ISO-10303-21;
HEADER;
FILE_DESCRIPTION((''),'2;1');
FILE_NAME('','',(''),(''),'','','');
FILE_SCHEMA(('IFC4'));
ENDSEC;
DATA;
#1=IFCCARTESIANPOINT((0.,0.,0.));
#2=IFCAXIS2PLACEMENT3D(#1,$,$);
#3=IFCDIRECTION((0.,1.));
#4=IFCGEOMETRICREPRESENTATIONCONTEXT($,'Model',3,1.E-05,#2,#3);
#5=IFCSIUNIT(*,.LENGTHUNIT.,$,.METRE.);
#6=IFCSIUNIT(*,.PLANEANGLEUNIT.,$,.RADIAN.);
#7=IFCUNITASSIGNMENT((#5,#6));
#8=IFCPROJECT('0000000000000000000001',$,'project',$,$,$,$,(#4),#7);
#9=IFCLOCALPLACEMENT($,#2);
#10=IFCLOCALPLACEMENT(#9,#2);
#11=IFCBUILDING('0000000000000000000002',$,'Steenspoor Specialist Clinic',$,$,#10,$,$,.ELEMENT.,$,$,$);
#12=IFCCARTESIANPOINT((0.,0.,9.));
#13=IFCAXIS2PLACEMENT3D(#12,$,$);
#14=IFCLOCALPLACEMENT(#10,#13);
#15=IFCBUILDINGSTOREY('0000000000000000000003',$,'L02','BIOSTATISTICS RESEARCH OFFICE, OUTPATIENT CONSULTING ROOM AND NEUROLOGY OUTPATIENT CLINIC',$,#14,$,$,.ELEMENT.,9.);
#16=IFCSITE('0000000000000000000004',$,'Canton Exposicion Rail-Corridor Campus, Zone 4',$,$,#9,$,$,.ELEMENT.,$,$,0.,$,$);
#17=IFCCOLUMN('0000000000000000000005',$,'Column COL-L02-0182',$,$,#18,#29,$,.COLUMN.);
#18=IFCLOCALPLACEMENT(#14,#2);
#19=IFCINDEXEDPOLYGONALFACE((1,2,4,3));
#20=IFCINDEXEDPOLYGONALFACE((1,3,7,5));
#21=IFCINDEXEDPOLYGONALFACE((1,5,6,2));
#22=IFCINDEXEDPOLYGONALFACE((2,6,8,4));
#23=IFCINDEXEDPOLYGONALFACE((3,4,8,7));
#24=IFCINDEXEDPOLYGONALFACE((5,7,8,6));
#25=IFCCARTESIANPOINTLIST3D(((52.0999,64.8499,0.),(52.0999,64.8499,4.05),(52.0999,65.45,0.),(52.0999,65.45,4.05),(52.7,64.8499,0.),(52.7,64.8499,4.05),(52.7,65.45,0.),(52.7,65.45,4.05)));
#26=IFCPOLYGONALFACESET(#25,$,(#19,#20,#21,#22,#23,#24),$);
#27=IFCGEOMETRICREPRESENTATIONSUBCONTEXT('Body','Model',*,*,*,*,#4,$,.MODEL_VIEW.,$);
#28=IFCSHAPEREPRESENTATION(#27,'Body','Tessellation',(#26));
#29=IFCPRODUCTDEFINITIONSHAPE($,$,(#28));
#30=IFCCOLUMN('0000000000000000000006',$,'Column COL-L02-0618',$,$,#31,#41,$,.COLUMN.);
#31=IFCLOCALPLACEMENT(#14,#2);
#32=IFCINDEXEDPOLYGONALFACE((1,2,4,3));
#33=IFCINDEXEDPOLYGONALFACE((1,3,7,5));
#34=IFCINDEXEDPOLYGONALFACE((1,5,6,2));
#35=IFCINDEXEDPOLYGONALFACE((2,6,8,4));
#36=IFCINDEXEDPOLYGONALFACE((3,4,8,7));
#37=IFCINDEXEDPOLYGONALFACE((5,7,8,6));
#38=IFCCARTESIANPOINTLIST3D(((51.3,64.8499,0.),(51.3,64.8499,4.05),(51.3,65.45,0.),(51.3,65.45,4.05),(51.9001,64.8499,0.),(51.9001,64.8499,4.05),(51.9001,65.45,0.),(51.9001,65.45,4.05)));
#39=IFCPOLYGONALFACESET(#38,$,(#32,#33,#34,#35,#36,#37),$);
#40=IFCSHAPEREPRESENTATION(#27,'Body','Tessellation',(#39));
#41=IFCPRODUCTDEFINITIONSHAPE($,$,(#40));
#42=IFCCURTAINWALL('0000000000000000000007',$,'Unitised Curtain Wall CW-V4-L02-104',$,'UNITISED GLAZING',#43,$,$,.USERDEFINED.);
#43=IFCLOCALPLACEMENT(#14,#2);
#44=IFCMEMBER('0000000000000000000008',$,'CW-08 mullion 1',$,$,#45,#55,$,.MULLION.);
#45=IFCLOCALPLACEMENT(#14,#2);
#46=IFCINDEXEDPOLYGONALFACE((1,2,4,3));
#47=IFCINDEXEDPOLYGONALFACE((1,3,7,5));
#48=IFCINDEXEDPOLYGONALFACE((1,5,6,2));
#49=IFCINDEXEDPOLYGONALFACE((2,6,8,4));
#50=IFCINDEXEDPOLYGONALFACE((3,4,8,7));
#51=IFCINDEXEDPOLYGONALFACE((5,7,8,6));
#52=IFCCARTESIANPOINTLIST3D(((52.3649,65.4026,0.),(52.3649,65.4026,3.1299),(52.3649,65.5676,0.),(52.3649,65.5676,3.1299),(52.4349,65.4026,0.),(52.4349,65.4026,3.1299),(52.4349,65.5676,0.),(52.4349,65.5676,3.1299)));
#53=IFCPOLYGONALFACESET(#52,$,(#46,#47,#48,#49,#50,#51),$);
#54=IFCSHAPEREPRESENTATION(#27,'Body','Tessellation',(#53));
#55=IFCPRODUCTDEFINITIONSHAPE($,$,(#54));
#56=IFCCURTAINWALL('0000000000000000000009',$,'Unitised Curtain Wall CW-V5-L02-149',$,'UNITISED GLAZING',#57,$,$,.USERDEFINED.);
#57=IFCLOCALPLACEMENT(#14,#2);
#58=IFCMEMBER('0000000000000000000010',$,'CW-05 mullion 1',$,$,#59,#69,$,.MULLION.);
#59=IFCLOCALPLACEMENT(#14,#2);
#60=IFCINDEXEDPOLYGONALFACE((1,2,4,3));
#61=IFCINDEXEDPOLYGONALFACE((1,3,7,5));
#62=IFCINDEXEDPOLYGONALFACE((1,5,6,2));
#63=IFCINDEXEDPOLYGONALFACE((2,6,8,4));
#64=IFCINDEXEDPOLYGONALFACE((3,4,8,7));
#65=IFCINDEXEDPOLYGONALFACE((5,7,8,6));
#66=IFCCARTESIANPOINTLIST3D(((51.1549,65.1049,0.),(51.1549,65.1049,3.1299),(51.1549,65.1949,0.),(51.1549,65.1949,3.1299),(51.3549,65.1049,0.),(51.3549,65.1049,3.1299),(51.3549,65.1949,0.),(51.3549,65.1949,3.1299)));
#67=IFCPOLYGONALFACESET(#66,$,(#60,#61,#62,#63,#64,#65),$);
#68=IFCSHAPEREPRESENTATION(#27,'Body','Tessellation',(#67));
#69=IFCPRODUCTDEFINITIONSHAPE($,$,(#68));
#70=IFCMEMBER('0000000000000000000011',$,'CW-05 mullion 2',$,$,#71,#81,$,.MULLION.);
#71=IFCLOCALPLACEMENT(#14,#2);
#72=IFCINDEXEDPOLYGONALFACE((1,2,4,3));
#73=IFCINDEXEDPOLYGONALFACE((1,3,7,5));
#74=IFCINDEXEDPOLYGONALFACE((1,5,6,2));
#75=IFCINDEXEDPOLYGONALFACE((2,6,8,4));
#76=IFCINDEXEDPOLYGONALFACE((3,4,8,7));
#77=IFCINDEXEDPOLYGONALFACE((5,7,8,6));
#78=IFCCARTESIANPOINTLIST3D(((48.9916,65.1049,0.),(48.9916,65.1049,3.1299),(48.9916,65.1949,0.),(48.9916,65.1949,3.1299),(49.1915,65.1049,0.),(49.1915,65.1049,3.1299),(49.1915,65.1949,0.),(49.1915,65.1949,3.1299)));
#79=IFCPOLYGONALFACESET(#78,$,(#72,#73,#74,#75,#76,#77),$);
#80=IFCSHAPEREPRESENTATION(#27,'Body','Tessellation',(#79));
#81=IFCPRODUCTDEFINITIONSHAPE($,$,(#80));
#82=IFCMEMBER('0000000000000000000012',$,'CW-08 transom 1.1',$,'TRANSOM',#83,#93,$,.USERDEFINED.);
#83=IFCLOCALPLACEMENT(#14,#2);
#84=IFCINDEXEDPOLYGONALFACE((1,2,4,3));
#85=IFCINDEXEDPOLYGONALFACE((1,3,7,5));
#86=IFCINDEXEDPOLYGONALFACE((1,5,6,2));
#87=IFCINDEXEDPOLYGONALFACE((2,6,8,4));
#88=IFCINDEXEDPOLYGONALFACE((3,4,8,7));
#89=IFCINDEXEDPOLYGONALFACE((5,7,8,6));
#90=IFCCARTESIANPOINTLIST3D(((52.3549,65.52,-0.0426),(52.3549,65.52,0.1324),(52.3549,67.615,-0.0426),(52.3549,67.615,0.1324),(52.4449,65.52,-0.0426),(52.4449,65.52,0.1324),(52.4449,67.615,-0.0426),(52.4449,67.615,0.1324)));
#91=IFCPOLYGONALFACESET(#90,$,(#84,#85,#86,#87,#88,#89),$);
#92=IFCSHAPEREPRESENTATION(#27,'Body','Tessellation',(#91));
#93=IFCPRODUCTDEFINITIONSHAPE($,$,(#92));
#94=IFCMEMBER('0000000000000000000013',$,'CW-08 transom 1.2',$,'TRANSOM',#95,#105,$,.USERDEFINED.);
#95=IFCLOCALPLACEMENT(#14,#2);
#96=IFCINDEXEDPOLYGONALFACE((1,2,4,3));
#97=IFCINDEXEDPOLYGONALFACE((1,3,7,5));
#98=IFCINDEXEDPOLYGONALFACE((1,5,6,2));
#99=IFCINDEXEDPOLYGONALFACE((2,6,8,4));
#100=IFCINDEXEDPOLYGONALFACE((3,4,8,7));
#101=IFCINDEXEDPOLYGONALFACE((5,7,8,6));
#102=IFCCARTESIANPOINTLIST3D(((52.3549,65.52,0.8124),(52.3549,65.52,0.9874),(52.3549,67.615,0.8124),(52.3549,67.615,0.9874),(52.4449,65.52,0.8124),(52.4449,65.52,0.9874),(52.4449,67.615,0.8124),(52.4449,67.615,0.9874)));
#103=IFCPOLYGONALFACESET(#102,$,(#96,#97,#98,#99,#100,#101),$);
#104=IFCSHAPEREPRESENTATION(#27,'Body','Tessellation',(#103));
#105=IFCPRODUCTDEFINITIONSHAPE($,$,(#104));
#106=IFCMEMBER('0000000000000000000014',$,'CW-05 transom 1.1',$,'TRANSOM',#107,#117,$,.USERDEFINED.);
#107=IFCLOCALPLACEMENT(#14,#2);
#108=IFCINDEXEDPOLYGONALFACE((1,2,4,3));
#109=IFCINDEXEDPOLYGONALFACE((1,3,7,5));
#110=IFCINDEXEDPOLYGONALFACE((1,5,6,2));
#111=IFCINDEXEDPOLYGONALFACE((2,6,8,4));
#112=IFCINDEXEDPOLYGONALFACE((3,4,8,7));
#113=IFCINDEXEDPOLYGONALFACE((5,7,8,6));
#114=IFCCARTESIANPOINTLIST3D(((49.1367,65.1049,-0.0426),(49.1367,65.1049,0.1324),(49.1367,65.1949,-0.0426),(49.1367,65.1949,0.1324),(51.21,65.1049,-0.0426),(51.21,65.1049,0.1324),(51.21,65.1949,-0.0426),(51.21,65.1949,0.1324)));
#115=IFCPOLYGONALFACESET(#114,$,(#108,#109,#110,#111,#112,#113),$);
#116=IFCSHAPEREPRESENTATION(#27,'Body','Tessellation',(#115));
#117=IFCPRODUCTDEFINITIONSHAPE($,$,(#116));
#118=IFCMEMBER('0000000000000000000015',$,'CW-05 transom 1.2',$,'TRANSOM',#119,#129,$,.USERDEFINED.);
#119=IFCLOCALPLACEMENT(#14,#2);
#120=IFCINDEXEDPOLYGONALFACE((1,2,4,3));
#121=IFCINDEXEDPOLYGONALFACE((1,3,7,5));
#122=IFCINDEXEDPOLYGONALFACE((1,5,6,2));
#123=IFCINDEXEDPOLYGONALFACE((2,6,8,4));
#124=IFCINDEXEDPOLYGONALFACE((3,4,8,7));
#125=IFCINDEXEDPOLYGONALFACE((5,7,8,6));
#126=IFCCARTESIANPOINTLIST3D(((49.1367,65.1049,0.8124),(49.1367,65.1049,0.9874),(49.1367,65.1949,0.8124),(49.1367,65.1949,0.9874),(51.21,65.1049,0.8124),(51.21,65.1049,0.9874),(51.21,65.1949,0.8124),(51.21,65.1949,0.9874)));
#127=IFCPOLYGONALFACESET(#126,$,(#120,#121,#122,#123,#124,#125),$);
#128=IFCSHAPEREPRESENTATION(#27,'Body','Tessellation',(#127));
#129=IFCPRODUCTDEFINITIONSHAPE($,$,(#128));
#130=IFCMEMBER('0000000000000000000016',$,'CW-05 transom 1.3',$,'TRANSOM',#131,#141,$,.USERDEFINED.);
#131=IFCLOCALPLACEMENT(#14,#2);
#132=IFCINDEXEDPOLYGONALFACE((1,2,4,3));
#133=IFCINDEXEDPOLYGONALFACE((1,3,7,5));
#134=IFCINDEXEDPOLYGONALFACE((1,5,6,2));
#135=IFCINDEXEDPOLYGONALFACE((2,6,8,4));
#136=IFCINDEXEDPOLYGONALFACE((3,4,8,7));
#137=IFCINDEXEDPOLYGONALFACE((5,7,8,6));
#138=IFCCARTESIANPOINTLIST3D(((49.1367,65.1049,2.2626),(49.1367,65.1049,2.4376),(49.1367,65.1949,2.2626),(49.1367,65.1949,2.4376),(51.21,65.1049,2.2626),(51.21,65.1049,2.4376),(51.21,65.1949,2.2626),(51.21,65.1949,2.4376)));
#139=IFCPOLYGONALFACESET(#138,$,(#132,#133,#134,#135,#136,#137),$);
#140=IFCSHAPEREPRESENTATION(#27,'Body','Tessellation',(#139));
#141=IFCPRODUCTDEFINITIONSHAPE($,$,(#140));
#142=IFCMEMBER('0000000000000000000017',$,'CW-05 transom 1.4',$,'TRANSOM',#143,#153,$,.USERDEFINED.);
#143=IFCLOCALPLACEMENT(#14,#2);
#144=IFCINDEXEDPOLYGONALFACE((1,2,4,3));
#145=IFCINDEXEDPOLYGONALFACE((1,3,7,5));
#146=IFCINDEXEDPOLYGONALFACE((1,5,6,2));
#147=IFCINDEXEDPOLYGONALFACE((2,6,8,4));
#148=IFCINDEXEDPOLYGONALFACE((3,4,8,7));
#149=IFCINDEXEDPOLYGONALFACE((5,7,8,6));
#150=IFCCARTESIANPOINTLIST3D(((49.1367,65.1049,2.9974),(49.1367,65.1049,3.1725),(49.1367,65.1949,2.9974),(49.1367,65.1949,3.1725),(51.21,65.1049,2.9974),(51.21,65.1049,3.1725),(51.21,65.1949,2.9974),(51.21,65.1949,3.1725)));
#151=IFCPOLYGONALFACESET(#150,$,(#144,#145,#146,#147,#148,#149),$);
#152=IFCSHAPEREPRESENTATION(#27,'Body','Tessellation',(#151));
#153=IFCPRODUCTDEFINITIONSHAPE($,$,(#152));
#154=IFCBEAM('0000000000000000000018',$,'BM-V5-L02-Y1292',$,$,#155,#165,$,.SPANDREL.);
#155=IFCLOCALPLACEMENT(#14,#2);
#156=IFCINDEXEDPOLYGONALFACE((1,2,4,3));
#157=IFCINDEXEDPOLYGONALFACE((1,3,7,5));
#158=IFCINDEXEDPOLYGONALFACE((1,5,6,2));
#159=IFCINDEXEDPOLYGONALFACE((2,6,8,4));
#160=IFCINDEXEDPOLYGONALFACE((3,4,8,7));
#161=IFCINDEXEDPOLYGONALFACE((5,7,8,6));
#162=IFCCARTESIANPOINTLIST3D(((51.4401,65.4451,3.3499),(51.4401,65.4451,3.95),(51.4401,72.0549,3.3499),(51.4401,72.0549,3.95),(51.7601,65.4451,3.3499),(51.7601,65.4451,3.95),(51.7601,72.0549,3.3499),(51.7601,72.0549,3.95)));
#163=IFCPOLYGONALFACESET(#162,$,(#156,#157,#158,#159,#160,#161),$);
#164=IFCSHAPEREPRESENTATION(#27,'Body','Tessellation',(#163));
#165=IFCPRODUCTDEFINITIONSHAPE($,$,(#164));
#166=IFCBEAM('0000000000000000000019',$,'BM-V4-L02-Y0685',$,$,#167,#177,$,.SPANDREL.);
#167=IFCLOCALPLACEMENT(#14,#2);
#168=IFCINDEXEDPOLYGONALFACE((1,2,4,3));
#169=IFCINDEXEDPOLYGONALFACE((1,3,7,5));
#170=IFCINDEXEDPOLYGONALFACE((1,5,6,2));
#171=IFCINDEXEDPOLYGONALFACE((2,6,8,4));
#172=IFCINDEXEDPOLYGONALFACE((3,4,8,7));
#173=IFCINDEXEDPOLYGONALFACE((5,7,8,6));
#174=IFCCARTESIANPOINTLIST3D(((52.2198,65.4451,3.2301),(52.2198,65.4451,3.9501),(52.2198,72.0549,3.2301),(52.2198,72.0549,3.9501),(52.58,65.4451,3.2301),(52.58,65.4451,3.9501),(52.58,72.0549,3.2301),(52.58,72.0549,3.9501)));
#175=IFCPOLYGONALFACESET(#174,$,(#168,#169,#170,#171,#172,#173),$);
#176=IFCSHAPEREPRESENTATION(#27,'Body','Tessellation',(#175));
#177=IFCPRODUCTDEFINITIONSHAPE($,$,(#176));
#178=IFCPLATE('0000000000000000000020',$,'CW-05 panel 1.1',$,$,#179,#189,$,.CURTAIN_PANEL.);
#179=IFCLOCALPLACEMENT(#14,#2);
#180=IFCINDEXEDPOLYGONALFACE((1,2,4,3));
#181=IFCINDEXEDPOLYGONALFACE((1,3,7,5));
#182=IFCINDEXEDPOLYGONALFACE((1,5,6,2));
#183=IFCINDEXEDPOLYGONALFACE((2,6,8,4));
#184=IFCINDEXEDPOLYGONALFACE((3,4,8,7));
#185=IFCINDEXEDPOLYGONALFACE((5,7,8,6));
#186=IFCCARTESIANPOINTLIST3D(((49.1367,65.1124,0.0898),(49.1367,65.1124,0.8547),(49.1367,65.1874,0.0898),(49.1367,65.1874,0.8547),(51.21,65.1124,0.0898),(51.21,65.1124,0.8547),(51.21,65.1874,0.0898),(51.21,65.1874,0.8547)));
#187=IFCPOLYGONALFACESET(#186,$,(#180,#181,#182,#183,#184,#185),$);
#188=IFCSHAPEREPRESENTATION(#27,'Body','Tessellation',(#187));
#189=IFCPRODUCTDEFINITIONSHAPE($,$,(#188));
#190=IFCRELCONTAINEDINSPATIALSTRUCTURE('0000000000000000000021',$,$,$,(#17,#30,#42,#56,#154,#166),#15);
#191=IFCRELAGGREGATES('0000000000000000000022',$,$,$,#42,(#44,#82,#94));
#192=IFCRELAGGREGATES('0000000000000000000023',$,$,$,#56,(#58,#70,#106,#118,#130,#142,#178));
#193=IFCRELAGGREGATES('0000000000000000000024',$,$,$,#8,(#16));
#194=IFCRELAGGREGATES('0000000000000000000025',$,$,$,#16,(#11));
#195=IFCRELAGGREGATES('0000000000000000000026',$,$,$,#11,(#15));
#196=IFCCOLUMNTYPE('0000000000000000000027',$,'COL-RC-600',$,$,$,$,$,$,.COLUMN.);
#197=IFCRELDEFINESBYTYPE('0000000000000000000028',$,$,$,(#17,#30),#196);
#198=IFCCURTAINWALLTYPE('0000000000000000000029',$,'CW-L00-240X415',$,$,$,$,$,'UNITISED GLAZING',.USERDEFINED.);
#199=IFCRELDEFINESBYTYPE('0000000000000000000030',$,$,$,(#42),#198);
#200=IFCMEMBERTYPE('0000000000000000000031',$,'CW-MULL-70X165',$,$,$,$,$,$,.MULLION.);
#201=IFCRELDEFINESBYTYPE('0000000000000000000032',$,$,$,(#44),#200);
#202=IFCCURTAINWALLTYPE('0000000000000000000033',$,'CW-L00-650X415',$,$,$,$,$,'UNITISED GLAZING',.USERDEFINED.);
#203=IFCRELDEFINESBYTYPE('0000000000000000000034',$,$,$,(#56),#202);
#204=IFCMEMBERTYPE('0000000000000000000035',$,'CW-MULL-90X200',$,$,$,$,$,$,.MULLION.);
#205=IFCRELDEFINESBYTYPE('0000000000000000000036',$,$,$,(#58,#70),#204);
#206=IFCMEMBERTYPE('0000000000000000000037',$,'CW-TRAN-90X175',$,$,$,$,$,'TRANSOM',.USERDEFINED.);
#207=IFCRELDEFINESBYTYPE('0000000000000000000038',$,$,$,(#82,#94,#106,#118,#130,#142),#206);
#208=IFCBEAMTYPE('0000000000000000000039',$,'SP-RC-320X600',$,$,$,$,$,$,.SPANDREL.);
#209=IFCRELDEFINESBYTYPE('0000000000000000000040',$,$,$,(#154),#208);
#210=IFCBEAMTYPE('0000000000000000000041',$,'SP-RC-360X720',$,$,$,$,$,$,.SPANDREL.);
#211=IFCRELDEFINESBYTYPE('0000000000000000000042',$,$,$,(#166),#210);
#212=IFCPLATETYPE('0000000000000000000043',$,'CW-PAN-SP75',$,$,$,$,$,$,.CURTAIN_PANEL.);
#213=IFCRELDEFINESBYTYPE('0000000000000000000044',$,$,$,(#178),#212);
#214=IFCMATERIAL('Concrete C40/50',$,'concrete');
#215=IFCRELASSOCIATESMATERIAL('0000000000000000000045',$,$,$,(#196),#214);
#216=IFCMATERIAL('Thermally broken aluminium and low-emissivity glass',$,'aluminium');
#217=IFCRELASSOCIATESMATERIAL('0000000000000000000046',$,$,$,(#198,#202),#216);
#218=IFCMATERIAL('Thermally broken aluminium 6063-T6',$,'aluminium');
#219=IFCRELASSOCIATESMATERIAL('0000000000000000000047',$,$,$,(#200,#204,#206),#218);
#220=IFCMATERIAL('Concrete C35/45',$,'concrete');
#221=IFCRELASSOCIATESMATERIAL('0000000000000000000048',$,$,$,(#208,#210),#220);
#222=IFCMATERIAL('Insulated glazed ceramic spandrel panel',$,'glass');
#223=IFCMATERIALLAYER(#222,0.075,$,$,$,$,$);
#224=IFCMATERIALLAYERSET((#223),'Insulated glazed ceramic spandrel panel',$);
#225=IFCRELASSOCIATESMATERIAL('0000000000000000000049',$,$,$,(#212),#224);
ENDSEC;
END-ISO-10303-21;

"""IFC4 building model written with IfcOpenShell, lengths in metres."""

from ifc_helpers import new_model, si_unit, direction, frame, origin, origin_2d, place, context, subcontext, project, spatial, rectangle, extrude, material, layer, layer_set, material_profile, profile_set, type_object, element, aggregate, save


model = new_model("IFC4")

# Units and contexts
model_context = context("Model", 3, precision=1e-05, world=origin(), true_north=direction((0.0, 1.0)))
body_context = subcontext(model_context, "Body", "Model", "MODEL_VIEW")
ifc_project = project(units=[si_unit("LENGTHUNIT", "METRE"), si_unit("PLANEANGLEUNIT", "RADIAN")], contexts=[model_context])

# Site, building, storey
site_placement = place(None, origin())
site = spatial("IfcSite", under=ifc_project, at=site_placement, Name="Canton Exposicion Rail-Corridor Campus, Zone 4", CompositionType="ELEMENT", RefElevation=0.0)
building_placement = place(site_placement, origin())
building = spatial("IfcBuilding", under=site, at=building_placement, Name="Steenspoor Specialist Clinic", CompositionType="ELEMENT")
storey_placement = place(building_placement, frame((0.0, 0.0, 9.0)))
storey = spatial("IfcBuildingStorey", under=building, at=storey_placement, Name="L02", Description="BIOSTATISTICS RESEARCH OFFICE, OUTPATIENT CONSULTING ROOM AND NEUROLOGY OUTPATIENT CLINIC", CompositionType="ELEMENT", Elevation=9.0)

# Columns
ifc_material_1 = material(Name="Concrete C40/50", Category="concrete")
ifc_material_profile_1 = material_profile(ifc_material_1, rectangle(XDim=0.6001, YDim=0.6001, at=origin_2d()), Name="RC-COL-600X600")
ifc_profile_set_1 = profile_set([ifc_material_profile_1], Name="Concrete C40/50")
column_type = type_object("IfcColumnType", Name="COL-RC-600", PredefinedType="COLUMN", material=ifc_profile_set_1)
for number, where, z_axis, x_axis, name in (
    (1, (52.3999, 65.1499, 0.0), (0.0, 0.0, 1.0), (1.0, 0.0, 0.0), "Column COL-L02-0182"),
    (2, (51.6001, 65.1499, 0.0), (0.0, 0.0, 1.0), (1.0, 0.0, 0.0), "Column COL-L02-0618"),
):
    element("IfcColumn", number, at=place(storey_placement, frame(where, z_axis=z_axis, x_axis=x_axis)), inside=storey, type_object=column_type, Name=name, PredefinedType="COLUMN", context=body_context, shape_type="SweptSolid", body=[
        extrude(rectangle(XDim=0.6001, YDim=0.6001, at=origin_2d()), origin(), (0.0, 0.0, 1.0), 4.05),
    ])

# Curtain wall, member
ifc_material_2 = material(Name="Thermally broken aluminium and low-emissivity glass", Category="aluminium")
curtain_wall_type_1 = type_object("IfcCurtainWallType", Name="CW-L00-240X415", ElementType="UNITISED GLAZING", PredefinedType="USERDEFINED", material=ifc_material_2)
curtain_wall_1_placement = place(storey_placement, origin())
curtain_wall_1 = element("IfcCurtainWall", 3, at=curtain_wall_1_placement, inside=storey, type_object=curtain_wall_type_1, Name="Unitised Curtain Wall CW-V4-L02-104", ObjectType="UNITISED GLAZING", PredefinedType="USERDEFINED")
ifc_material_3 = material(Name="Thermally broken aluminium 6063-T6", Category="aluminium")
ifc_material_profile_2 = material_profile(ifc_material_3, rectangle(XDim=0.0701, YDim=0.165, at=origin_2d()), Name="CWM-70X165")
ifc_profile_set_2 = profile_set([ifc_material_profile_2], Name="Thermally broken aluminium 6063-T6")
member_type_1 = type_object("IfcMemberType", Name="CW-MULL-70X165", PredefinedType="MULLION", material=ifc_profile_set_2)
member_1_placement = place(storey_placement, frame((52.3999, 65.4851, 0.0), z_axis=(0.0, 0.0, 1.0), x_axis=(-1.0, 0.0, 0.0)))
member_1 = element("IfcMember", 4, at=member_1_placement, type_object=member_type_1, Name="CW-08 mullion 1", PredefinedType="MULLION", context=body_context, shape_type="SweptSolid", body=[
    extrude(rectangle(XDim=0.0701, YDim=0.165, at=origin_2d()), origin(), (0.0, 0.0, 1.0), 3.1299),
])

# Curtain wall, members
curtain_wall_type_2 = type_object("IfcCurtainWallType", Name="CW-L00-650X415", ElementType="UNITISED GLAZING", PredefinedType="USERDEFINED", material=ifc_material_2)
curtain_wall_2_placement = place(storey_placement, origin())
curtain_wall_2 = element("IfcCurtainWall", 5, at=curtain_wall_2_placement, inside=storey, type_object=curtain_wall_type_2, Name="Unitised Curtain Wall CW-V5-L02-149", ObjectType="UNITISED GLAZING", PredefinedType="USERDEFINED")
ifc_material_profile_3 = material_profile(ifc_material_3, rectangle(XDim=0.0901, YDim=0.2, at=origin_2d()), Name="CWM-90X200")
ifc_profile_set_3 = profile_set([ifc_material_profile_3], Name="Thermally broken aluminium 6063-T6")
member_type_2 = type_object("IfcMemberType", Name="CW-MULL-90X200", PredefinedType="MULLION", material=ifc_profile_set_3)
member_2_placement = place(storey_placement, frame((51.2549, 65.1499, 0.0), z_axis=(0.0, 0.0, 1.0), x_axis=(0.0, -1.0, 0.0)))
member_2 = element("IfcMember", 6, at=member_2_placement, type_object=member_type_2, Name="CW-05 mullion 1", PredefinedType="MULLION", context=body_context, shape_type="SweptSolid", body=[
    extrude(rectangle(XDim=0.0901, YDim=0.2, at=origin_2d()), origin(), (0.0, 0.0, 1.0), 3.1299),
])
member_3_placement = place(storey_placement, frame((49.0916, 65.1499, 0.0), z_axis=(0.0, 0.0, 1.0), x_axis=(0.0, -1.0, 0.0)))
member_3 = element("IfcMember", 7, at=member_3_placement, type_object=member_type_2, Name="CW-05 mullion 2", PredefinedType="MULLION", context=body_context, shape_type="SweptSolid", body=[
    extrude(rectangle(XDim=0.0901, YDim=0.2, at=origin_2d()), origin(), (0.0, 0.0, 1.0), 3.1299),
])

# Members
ifc_material_profile_4 = material_profile(ifc_material_3, rectangle(XDim=0.0901, YDim=0.175, at=origin_2d()), Name="CWT-90X175")
ifc_profile_set_4 = profile_set([ifc_material_profile_4], Name="Thermally broken aluminium 6063-T6")
member_type_3 = type_object("IfcMemberType", Name="CW-TRAN-90X175", ElementType="TRANSOM", PredefinedType="USERDEFINED", material=ifc_profile_set_4)
member_4_placement = place(storey_placement, frame((52.3999, 65.52, 0.0449), z_axis=(0.0, 1.0, 0.0), x_axis=(-1.0, 0.0, 0.0)))
member_4 = element("IfcMember", 8, at=member_4_placement, type_object=member_type_3, Name="CW-08 transom 1.1", ObjectType="TRANSOM", PredefinedType="USERDEFINED", context=body_context, shape_type="SweptSolid", body=[
    extrude(rectangle(XDim=0.0901, YDim=0.175, at=origin_2d()), origin(), (0.0, 0.0, 1.0), 2.095),
])
member_5_placement = place(storey_placement, frame((52.3999, 65.52, 0.8999), z_axis=(0.0, 1.0, 0.0), x_axis=(-1.0, 0.0, 0.0)))
member_5 = element("IfcMember", 9, at=member_5_placement, type_object=member_type_3, Name="CW-08 transom 1.2", ObjectType="TRANSOM", PredefinedType="USERDEFINED", context=body_context, shape_type="SweptSolid", body=[
    extrude(rectangle(XDim=0.0901, YDim=0.175, at=origin_2d()), origin(), (0.0, 0.0, 1.0), 2.095),
])
aggregate(curtain_wall_1, [member_1, member_4, member_5])
member_6_placement = place(storey_placement, frame((51.21, 65.1499, 0.0449), z_axis=(-1.0, 0.0, 0.0), x_axis=(0.0, -1.0, 0.0)))
member_6 = element("IfcMember", 10, at=member_6_placement, type_object=member_type_3, Name="CW-05 transom 1.1", ObjectType="TRANSOM", PredefinedType="USERDEFINED", context=body_context, shape_type="SweptSolid", body=[
    extrude(rectangle(XDim=0.0901, YDim=0.175, at=origin_2d()), origin(), (0.0, 0.0, 1.0), 2.0732),
])
member_7_placement = place(storey_placement, frame((51.21, 65.1499, 0.8999), z_axis=(-1.0, 0.0, 0.0), x_axis=(0.0, -1.0, 0.0)))
member_7 = element("IfcMember", 11, at=member_7_placement, type_object=member_type_3, Name="CW-05 transom 1.2", ObjectType="TRANSOM", PredefinedType="USERDEFINED", context=body_context, shape_type="SweptSolid", body=[
    extrude(rectangle(XDim=0.0901, YDim=0.175, at=origin_2d()), origin(), (0.0, 0.0, 1.0), 2.0732),
])
member_8_placement = place(storey_placement, frame((51.21, 65.1499, 2.3501), z_axis=(-1.0, 0.0, 0.0), x_axis=(0.0, -1.0, 0.0)))
member_8 = element("IfcMember", 12, at=member_8_placement, type_object=member_type_3, Name="CW-05 transom 1.3", ObjectType="TRANSOM", PredefinedType="USERDEFINED", context=body_context, shape_type="SweptSolid", body=[
    extrude(rectangle(XDim=0.0901, YDim=0.175, at=origin_2d()), origin(), (0.0, 0.0, 1.0), 2.0732),
])
member_9_placement = place(storey_placement, frame((51.21, 65.1499, 3.085), z_axis=(-1.0, 0.0, 0.0), x_axis=(0.0, -1.0, 0.0)))
member_9 = element("IfcMember", 13, at=member_9_placement, type_object=member_type_3, Name="CW-05 transom 1.4", ObjectType="TRANSOM", PredefinedType="USERDEFINED", context=body_context, shape_type="SweptSolid", body=[
    extrude(rectangle(XDim=0.0901, YDim=0.175, at=origin_2d()), origin(), (0.0, 0.0, 1.0), 2.0732),
])

# Beams
ifc_material_4 = material(Name="Concrete C35/45", Category="concrete")
ifc_material_profile_5 = material_profile(ifc_material_4, rectangle(XDim=0.3201, YDim=0.6001, at=origin_2d()), Name="RC-SP-320X600")
ifc_profile_set_5 = profile_set([ifc_material_profile_5], Name="Concrete C35/45")
beam_type_1 = type_object("IfcBeamType", Name="SP-RC-320X600", PredefinedType="SPANDREL", material=ifc_profile_set_5)
beam_1_placement = place(storey_placement, frame((51.6001, 65.4451, 3.6499), z_axis=(0.0, 1.0, 0.0), x_axis=(-1.0, 0.0, 0.0)))
element("IfcBeam", 14, at=beam_1_placement, inside=storey, type_object=beam_type_1, Name="BM-V5-L02-Y1292", PredefinedType="SPANDREL", context=body_context, shape_type="SweptSolid", body=[
    extrude(rectangle(XDim=0.3201, YDim=0.6001, at=origin_2d()), origin(), (0.0, 0.0, 1.0), 6.6099),
])
ifc_material_profile_6 = material_profile(ifc_material_4, rectangle(XDim=0.3601, YDim=0.72, at=origin_2d()), Name="RC-SP-360X720")
ifc_profile_set_6 = profile_set([ifc_material_profile_6], Name="Concrete C35/45")
beam_type_2 = type_object("IfcBeamType", Name="SP-RC-360X720", PredefinedType="SPANDREL", material=ifc_profile_set_6)
beam_2_placement = place(storey_placement, frame((52.3999, 65.4451, 3.5901), z_axis=(0.0, 1.0, 0.0), x_axis=(-1.0, 0.0, 0.0)))
element("IfcBeam", 15, at=beam_2_placement, inside=storey, type_object=beam_type_2, Name="BM-V4-L02-Y0685", PredefinedType="SPANDREL", context=body_context, shape_type="SweptSolid", body=[
    extrude(rectangle(XDim=0.3601, YDim=0.72, at=origin_2d()), origin(), (0.0, 0.0, 1.0), 6.6099),
])

# Plate
ifc_material_5 = material(Name="Insulated glazed ceramic spandrel panel", Category="glass")
ifc_layer_1 = layer(ifc_material_5, 0.075)
ifc_layer_set_1 = layer_set([ifc_layer_1], Name="Insulated glazed ceramic spandrel panel")
plate_type = type_object("IfcPlateType", Name="CW-PAN-SP75", PredefinedType="CURTAIN_PANEL", material=ifc_layer_set_1)
plate_1_placement = place(storey_placement, frame((50.1733, 65.1499, 0.0898), z_axis=(0.0, 0.0, 1.0), x_axis=(-1.0, 0.0, 0.0)))
plate_1 = element("IfcPlate", 16, at=plate_1_placement, type_object=plate_type, Name="CW-05 panel 1.1", PredefinedType="CURTAIN_PANEL", context=body_context, shape_type="SweptSolid", body=[
    extrude(rectangle(XDim=2.0732, YDim=0.075, at=origin_2d()), origin(), (0.0, 0.0, 1.0), 0.7649),
])
aggregate(curtain_wall_2, [member_2, member_3, member_6, member_7, member_8, member_9, plate_1])

save(model, "model.ifc")
